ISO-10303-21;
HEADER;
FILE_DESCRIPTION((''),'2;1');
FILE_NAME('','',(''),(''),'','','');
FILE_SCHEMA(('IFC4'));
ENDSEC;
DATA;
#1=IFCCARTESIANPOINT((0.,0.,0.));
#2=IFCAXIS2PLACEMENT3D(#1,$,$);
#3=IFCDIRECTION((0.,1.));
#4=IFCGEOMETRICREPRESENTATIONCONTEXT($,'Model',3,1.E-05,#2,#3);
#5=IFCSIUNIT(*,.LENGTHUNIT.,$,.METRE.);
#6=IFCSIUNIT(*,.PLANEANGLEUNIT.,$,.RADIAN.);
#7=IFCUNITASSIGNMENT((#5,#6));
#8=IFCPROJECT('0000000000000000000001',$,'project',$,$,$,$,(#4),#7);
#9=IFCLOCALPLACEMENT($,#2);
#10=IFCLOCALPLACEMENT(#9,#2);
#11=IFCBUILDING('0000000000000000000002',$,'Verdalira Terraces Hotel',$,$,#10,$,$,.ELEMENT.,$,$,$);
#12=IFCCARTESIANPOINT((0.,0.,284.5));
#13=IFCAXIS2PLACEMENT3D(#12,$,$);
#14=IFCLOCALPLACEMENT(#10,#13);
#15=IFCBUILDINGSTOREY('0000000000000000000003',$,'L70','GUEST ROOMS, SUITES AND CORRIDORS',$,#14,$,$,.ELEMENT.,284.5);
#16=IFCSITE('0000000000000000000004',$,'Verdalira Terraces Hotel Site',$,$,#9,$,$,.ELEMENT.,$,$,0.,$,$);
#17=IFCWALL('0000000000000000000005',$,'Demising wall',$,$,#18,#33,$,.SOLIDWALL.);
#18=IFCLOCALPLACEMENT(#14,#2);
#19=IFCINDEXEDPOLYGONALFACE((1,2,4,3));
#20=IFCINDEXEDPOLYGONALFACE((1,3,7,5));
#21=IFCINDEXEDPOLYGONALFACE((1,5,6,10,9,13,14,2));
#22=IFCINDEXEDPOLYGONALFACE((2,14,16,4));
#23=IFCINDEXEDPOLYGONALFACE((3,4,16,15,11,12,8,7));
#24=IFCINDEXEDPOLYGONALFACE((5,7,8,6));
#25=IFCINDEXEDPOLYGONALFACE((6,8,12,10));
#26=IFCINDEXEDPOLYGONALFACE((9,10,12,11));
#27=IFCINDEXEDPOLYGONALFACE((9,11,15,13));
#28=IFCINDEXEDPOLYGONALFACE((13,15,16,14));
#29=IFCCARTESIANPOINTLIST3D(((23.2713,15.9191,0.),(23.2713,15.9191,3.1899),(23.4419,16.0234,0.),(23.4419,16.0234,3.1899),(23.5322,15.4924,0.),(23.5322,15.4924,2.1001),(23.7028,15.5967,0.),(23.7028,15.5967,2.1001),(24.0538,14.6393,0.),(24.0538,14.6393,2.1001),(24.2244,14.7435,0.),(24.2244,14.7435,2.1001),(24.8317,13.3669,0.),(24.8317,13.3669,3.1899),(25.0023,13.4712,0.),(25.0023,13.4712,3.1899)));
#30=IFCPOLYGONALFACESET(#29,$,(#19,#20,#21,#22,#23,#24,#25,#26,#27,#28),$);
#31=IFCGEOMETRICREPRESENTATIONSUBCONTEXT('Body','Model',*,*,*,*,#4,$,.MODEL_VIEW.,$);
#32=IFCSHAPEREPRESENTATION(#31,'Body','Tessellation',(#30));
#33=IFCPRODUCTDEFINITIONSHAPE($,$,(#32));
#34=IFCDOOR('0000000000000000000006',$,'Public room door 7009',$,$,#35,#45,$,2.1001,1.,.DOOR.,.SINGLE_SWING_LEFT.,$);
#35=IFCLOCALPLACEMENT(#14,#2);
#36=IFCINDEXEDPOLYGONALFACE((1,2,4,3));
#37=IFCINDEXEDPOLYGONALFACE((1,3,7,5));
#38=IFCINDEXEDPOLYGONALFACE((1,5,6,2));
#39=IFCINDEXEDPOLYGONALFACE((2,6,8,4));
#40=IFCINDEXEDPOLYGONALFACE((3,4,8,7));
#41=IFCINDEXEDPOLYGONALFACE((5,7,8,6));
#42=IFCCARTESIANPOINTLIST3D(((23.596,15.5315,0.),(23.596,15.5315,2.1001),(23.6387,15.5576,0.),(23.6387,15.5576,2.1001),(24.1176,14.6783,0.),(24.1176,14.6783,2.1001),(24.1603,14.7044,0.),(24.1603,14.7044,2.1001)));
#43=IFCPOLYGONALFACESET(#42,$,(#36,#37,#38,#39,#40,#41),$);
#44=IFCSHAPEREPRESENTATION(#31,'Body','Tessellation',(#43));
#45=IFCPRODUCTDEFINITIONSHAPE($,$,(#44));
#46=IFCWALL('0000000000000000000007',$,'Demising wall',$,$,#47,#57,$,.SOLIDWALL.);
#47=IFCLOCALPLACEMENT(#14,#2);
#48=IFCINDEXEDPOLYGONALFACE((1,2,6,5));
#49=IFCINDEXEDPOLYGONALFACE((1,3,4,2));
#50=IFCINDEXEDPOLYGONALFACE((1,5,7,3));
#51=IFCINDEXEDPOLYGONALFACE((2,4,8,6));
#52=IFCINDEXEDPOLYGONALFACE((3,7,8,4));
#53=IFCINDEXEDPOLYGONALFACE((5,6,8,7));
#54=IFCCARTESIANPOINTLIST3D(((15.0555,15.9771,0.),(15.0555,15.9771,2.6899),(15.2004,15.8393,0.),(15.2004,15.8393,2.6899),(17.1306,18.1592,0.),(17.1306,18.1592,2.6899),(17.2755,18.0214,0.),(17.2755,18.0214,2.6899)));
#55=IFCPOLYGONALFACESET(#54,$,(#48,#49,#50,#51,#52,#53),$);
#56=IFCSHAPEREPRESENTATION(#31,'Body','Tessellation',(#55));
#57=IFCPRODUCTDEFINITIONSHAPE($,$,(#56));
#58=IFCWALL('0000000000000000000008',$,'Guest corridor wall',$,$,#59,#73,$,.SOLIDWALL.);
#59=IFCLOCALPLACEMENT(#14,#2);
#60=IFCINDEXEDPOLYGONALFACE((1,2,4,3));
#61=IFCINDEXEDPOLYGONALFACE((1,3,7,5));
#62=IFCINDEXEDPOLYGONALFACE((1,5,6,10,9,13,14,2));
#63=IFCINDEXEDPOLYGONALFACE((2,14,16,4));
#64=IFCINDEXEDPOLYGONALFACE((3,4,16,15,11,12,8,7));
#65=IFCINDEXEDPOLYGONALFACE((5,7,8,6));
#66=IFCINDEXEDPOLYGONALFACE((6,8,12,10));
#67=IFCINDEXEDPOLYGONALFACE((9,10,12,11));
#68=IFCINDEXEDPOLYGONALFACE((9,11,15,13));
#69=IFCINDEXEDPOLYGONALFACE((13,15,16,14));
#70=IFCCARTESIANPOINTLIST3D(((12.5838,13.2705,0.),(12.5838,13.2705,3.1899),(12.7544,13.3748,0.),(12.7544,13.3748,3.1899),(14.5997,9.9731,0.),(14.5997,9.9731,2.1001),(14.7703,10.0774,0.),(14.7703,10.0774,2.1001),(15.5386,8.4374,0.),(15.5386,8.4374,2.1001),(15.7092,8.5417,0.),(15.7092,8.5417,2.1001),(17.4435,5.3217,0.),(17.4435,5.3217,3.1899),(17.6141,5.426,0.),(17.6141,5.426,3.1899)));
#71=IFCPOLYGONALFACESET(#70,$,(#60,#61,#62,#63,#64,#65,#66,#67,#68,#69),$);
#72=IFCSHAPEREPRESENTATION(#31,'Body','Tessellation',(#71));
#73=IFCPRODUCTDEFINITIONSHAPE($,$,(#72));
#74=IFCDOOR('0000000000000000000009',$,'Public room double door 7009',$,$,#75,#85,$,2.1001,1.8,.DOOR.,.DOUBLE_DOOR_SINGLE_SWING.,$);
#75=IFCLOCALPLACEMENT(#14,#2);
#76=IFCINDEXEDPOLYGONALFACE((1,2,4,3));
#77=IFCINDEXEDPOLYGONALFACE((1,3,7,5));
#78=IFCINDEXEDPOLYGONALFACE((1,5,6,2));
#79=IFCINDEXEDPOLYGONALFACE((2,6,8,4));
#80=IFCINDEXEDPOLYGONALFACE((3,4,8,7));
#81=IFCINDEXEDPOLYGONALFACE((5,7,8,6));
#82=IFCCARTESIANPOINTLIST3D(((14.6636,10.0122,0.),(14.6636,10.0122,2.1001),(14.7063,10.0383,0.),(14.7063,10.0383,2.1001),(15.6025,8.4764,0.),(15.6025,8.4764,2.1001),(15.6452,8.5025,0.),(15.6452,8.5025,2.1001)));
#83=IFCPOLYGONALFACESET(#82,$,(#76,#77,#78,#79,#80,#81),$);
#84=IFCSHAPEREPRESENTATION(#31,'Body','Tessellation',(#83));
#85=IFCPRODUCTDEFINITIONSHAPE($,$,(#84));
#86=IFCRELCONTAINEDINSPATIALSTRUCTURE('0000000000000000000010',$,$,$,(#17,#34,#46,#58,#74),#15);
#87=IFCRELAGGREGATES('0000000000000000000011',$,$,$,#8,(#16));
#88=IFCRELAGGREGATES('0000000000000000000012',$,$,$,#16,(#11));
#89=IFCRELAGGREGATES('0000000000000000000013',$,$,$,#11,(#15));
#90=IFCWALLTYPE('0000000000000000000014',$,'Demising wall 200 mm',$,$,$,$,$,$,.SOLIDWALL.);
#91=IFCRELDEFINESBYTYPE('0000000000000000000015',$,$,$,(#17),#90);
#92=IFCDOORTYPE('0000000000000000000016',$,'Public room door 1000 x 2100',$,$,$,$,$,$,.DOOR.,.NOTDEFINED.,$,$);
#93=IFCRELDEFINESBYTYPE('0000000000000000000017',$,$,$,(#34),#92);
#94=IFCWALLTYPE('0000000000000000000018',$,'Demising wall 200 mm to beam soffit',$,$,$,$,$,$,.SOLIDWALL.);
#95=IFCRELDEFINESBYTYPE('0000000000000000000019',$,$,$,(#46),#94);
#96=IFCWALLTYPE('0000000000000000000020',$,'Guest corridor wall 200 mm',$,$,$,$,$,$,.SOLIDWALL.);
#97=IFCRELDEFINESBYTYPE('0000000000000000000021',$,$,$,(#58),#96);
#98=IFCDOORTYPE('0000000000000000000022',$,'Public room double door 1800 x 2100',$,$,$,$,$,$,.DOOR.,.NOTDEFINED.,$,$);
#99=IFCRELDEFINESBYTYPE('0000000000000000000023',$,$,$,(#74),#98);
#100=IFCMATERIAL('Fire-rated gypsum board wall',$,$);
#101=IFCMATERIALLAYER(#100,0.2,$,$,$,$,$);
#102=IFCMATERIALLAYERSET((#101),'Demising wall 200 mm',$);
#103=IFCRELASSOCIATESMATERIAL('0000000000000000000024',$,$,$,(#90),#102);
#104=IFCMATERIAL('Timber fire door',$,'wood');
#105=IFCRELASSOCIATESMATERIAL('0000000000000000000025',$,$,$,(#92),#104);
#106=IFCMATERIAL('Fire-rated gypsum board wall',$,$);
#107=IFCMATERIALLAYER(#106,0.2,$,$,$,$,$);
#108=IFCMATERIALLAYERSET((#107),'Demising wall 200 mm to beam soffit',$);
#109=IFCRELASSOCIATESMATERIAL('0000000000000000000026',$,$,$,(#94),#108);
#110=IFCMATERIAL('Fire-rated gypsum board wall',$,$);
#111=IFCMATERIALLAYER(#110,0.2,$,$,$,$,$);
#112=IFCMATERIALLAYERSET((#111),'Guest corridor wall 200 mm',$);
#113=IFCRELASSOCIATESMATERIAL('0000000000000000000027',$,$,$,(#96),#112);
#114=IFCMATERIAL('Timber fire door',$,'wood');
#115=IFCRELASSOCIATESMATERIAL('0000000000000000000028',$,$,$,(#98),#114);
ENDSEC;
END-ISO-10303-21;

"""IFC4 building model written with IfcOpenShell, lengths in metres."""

from ifc_helpers import new_model, si_unit, direction, frame, frame_2d, origin, place, context, subcontext, project, spatial, rectangle, extrude, material, layer, layer_set, type_object, element, fill, save


model = new_model("IFC4")

# Units and contexts
model_context = context("Model", 3, precision=1e-05, world=origin(), true_north=direction((0.0, 1.0)))
body_context = subcontext(model_context, "Body", "Model", "MODEL_VIEW")
ifc_project = project(units=[si_unit("LENGTHUNIT", "METRE"), si_unit("PLANEANGLEUNIT", "RADIAN")], contexts=[model_context])

# Site, building, storey
site_placement = place(None, origin())
site = spatial("IfcSite", under=ifc_project, at=site_placement, Name="Verdalira Terraces Hotel Site", CompositionType="ELEMENT", RefElevation=0.0)
building_placement = place(site_placement, origin())
building = spatial("IfcBuilding", under=site, at=building_placement, Name="Verdalira Terraces Hotel", CompositionType="ELEMENT")
storey_placement = place(building_placement, frame((0.0, 0.0, 284.5)))
storey = spatial("IfcBuildingStorey", under=building, at=storey_placement, Name="L70", Description="GUEST ROOMS, SUITES AND CORRIDORS", CompositionType="ELEMENT", Elevation=284.5)

# Shared definitions
ifc_material_1 = material(Name="Fire-rated gypsum board wall")
ifc_layer_1 = layer(ifc_material_1, 0.2)
ifc_layer_set_1 = layer_set([ifc_layer_1], Name="Demising wall 200 mm")
wall_type_1 = type_object("IfcWallType", Name="Demising wall 200 mm", PredefinedType="SOLIDWALL", material=ifc_layer_set_1)

# Wall, opening, door
ifc_material_2 = material(Name="Timber fire door", Category="wood")
door_type_1 = type_object("IfcDoorType", Name="Public room door 1000 x 2100", OperationType="NOTDEFINED", PredefinedType="DOOR", material=ifc_material_2)
wall_1_placement = place(storey_placement, frame((23.3567, 15.9712, 0.0), z_axis=(0.0, 0.0, 1.0), x_axis=(0.521595, -0.853193, 0.0)))
wall_1 = element("IfcWall", 1, at=wall_1_placement, inside=storey, type_object=wall_type_1, Name="Demising wall", PredefinedType="SOLIDWALL", context=body_context, shape_type="SweptSolid", body=[
    extrude(rectangle(XDim=2.9915, YDim=0.2, at=frame_2d((1.4956, 0.0))), origin(), (0.0, 0.0, 1.0), 3.1899),
])
opening_1_placement = place(wall_1_placement, frame((0.5, 0.0, 0.0)))
opening_1 = element("IfcOpeningElement", 2, at=opening_1_placement, cuts=wall_1, PredefinedType="OPENING", context=body_context, shape_type="SweptSolid", body=[
    extrude(rectangle(XDim=1.0, YDim=2.1001, at=frame_2d((0.5, 1.05))), frame((0.0, 0.1099, 0.0), z_axis=(0.0, -1.0, 0.0), x_axis=(1.0, 0.0, 0.0)), (0.0, 0.0, 1.0), 0.22),
])
door_1_placement = place(opening_1_placement, origin())
door_1 = element("IfcDoor", 3, at=door_1_placement, inside=storey, type_object=door_type_1, Name="Public room door 7009", OperationType="SINGLE_SWING_LEFT", OverallHeight=2.1001, OverallWidth=1.0, PredefinedType="DOOR", context=body_context, shape_type="SweptSolid", body=[
    extrude(rectangle(XDim=1.0, YDim=2.1001, at=frame_2d((0.5, 1.05))), frame((0.0, 0.0249, 0.0), z_axis=(0.0, -1.0, 0.0), x_axis=(1.0, 0.0, 0.0)), (0.0, 0.0, 1.0), 0.05),
])
fill(opening_1, door_1)

# Wall
ifc_material_3 = material(Name="Fire-rated gypsum board wall")
ifc_layer_2 = layer(ifc_material_3, 0.2)
ifc_layer_set_2 = layer_set([ifc_layer_2], Name="Demising wall 200 mm to beam soffit")
wall_type_2 = type_object("IfcWallType", Name="Demising wall 200 mm to beam soffit", PredefinedType="SOLIDWALL", material=ifc_layer_set_2)
wall_2_placement = place(storey_placement, frame((15.1279, 15.9082, 0.0), z_axis=(0.0, 0.0, 1.0), x_axis=(0.689129, 0.724639, 0.0)))
element("IfcWall", 4, at=wall_2_placement, inside=storey, type_object=wall_type_2, Name="Demising wall", PredefinedType="SOLIDWALL", context=body_context, shape_type="SweptSolid", body=[
    extrude(rectangle(XDim=3.0112, YDim=0.2, at=frame_2d((1.5056, 0.0))), origin(), (0.0, 0.0, 1.0), 2.6899),
])

# Wall, opening, door
ifc_material_4 = material(Name="Fire-rated gypsum board wall")
ifc_layer_3 = layer(ifc_material_4, 0.2)
ifc_layer_set_3 = layer_set([ifc_layer_3], Name="Guest corridor wall 200 mm")
wall_type_3 = type_object("IfcWallType", Name="Guest corridor wall 200 mm", PredefinedType="SOLIDWALL", material=ifc_layer_set_3)
wall_3_placement = place(storey_placement, frame((12.6692, 13.3225, 0.0), z_axis=(0.0, 0.0, 1.0), x_axis=(0.521611, -0.853183, 0.0)))
wall_3 = element("IfcWall", 5, at=wall_3_placement, inside=storey, type_object=wall_type_3, Name="Guest corridor wall", PredefinedType="SOLIDWALL", context=body_context, shape_type="SweptSolid", body=[
    extrude(rectangle(XDim=9.3166, YDim=0.2, at=frame_2d((4.6582, 0.0))), origin(), (0.0, 0.0, 1.0), 3.1899),
])
opening_2_placement = place(wall_3_placement, frame((3.8647, 0.0, 0.0)))
opening_2 = element("IfcOpeningElement", 6, at=opening_2_placement, cuts=wall_3, PredefinedType="OPENING", context=body_context, shape_type="SweptSolid", body=[
    extrude(rectangle(XDim=1.8, YDim=2.1001, at=frame_2d((0.8999, 1.05))), frame((0.0, 0.1099, 0.0), z_axis=(0.0, -1.0, 0.0), x_axis=(1.0, 0.0, 0.0)), (0.0, 0.0, 1.0), 0.22),
])
ifc_material_5 = material(Name="Timber fire door", Category="wood")
door_type_2 = type_object("IfcDoorType", Name="Public room double door 1800 x 2100", OperationType="NOTDEFINED", PredefinedType="DOOR", material=ifc_material_5)
door_2_placement = place(opening_2_placement, origin())
door_2 = element("IfcDoor", 7, at=door_2_placement, inside=storey, type_object=door_type_2, Name="Public room double door 7009", OperationType="DOUBLE_DOOR_SINGLE_SWING", OverallHeight=2.1001, OverallWidth=1.8, PredefinedType="DOOR", context=body_context, shape_type="SweptSolid", body=[
    extrude(rectangle(XDim=1.8, YDim=2.1001, at=frame_2d((0.8999, 1.05))), frame((0.0, 0.0249, 0.0), z_axis=(0.0, -1.0, 0.0), x_axis=(1.0, 0.0, 0.0)), (0.0, 0.0, 1.0), 0.05),
])
fill(opening_2, door_2)

save(model, "model.ifc")
